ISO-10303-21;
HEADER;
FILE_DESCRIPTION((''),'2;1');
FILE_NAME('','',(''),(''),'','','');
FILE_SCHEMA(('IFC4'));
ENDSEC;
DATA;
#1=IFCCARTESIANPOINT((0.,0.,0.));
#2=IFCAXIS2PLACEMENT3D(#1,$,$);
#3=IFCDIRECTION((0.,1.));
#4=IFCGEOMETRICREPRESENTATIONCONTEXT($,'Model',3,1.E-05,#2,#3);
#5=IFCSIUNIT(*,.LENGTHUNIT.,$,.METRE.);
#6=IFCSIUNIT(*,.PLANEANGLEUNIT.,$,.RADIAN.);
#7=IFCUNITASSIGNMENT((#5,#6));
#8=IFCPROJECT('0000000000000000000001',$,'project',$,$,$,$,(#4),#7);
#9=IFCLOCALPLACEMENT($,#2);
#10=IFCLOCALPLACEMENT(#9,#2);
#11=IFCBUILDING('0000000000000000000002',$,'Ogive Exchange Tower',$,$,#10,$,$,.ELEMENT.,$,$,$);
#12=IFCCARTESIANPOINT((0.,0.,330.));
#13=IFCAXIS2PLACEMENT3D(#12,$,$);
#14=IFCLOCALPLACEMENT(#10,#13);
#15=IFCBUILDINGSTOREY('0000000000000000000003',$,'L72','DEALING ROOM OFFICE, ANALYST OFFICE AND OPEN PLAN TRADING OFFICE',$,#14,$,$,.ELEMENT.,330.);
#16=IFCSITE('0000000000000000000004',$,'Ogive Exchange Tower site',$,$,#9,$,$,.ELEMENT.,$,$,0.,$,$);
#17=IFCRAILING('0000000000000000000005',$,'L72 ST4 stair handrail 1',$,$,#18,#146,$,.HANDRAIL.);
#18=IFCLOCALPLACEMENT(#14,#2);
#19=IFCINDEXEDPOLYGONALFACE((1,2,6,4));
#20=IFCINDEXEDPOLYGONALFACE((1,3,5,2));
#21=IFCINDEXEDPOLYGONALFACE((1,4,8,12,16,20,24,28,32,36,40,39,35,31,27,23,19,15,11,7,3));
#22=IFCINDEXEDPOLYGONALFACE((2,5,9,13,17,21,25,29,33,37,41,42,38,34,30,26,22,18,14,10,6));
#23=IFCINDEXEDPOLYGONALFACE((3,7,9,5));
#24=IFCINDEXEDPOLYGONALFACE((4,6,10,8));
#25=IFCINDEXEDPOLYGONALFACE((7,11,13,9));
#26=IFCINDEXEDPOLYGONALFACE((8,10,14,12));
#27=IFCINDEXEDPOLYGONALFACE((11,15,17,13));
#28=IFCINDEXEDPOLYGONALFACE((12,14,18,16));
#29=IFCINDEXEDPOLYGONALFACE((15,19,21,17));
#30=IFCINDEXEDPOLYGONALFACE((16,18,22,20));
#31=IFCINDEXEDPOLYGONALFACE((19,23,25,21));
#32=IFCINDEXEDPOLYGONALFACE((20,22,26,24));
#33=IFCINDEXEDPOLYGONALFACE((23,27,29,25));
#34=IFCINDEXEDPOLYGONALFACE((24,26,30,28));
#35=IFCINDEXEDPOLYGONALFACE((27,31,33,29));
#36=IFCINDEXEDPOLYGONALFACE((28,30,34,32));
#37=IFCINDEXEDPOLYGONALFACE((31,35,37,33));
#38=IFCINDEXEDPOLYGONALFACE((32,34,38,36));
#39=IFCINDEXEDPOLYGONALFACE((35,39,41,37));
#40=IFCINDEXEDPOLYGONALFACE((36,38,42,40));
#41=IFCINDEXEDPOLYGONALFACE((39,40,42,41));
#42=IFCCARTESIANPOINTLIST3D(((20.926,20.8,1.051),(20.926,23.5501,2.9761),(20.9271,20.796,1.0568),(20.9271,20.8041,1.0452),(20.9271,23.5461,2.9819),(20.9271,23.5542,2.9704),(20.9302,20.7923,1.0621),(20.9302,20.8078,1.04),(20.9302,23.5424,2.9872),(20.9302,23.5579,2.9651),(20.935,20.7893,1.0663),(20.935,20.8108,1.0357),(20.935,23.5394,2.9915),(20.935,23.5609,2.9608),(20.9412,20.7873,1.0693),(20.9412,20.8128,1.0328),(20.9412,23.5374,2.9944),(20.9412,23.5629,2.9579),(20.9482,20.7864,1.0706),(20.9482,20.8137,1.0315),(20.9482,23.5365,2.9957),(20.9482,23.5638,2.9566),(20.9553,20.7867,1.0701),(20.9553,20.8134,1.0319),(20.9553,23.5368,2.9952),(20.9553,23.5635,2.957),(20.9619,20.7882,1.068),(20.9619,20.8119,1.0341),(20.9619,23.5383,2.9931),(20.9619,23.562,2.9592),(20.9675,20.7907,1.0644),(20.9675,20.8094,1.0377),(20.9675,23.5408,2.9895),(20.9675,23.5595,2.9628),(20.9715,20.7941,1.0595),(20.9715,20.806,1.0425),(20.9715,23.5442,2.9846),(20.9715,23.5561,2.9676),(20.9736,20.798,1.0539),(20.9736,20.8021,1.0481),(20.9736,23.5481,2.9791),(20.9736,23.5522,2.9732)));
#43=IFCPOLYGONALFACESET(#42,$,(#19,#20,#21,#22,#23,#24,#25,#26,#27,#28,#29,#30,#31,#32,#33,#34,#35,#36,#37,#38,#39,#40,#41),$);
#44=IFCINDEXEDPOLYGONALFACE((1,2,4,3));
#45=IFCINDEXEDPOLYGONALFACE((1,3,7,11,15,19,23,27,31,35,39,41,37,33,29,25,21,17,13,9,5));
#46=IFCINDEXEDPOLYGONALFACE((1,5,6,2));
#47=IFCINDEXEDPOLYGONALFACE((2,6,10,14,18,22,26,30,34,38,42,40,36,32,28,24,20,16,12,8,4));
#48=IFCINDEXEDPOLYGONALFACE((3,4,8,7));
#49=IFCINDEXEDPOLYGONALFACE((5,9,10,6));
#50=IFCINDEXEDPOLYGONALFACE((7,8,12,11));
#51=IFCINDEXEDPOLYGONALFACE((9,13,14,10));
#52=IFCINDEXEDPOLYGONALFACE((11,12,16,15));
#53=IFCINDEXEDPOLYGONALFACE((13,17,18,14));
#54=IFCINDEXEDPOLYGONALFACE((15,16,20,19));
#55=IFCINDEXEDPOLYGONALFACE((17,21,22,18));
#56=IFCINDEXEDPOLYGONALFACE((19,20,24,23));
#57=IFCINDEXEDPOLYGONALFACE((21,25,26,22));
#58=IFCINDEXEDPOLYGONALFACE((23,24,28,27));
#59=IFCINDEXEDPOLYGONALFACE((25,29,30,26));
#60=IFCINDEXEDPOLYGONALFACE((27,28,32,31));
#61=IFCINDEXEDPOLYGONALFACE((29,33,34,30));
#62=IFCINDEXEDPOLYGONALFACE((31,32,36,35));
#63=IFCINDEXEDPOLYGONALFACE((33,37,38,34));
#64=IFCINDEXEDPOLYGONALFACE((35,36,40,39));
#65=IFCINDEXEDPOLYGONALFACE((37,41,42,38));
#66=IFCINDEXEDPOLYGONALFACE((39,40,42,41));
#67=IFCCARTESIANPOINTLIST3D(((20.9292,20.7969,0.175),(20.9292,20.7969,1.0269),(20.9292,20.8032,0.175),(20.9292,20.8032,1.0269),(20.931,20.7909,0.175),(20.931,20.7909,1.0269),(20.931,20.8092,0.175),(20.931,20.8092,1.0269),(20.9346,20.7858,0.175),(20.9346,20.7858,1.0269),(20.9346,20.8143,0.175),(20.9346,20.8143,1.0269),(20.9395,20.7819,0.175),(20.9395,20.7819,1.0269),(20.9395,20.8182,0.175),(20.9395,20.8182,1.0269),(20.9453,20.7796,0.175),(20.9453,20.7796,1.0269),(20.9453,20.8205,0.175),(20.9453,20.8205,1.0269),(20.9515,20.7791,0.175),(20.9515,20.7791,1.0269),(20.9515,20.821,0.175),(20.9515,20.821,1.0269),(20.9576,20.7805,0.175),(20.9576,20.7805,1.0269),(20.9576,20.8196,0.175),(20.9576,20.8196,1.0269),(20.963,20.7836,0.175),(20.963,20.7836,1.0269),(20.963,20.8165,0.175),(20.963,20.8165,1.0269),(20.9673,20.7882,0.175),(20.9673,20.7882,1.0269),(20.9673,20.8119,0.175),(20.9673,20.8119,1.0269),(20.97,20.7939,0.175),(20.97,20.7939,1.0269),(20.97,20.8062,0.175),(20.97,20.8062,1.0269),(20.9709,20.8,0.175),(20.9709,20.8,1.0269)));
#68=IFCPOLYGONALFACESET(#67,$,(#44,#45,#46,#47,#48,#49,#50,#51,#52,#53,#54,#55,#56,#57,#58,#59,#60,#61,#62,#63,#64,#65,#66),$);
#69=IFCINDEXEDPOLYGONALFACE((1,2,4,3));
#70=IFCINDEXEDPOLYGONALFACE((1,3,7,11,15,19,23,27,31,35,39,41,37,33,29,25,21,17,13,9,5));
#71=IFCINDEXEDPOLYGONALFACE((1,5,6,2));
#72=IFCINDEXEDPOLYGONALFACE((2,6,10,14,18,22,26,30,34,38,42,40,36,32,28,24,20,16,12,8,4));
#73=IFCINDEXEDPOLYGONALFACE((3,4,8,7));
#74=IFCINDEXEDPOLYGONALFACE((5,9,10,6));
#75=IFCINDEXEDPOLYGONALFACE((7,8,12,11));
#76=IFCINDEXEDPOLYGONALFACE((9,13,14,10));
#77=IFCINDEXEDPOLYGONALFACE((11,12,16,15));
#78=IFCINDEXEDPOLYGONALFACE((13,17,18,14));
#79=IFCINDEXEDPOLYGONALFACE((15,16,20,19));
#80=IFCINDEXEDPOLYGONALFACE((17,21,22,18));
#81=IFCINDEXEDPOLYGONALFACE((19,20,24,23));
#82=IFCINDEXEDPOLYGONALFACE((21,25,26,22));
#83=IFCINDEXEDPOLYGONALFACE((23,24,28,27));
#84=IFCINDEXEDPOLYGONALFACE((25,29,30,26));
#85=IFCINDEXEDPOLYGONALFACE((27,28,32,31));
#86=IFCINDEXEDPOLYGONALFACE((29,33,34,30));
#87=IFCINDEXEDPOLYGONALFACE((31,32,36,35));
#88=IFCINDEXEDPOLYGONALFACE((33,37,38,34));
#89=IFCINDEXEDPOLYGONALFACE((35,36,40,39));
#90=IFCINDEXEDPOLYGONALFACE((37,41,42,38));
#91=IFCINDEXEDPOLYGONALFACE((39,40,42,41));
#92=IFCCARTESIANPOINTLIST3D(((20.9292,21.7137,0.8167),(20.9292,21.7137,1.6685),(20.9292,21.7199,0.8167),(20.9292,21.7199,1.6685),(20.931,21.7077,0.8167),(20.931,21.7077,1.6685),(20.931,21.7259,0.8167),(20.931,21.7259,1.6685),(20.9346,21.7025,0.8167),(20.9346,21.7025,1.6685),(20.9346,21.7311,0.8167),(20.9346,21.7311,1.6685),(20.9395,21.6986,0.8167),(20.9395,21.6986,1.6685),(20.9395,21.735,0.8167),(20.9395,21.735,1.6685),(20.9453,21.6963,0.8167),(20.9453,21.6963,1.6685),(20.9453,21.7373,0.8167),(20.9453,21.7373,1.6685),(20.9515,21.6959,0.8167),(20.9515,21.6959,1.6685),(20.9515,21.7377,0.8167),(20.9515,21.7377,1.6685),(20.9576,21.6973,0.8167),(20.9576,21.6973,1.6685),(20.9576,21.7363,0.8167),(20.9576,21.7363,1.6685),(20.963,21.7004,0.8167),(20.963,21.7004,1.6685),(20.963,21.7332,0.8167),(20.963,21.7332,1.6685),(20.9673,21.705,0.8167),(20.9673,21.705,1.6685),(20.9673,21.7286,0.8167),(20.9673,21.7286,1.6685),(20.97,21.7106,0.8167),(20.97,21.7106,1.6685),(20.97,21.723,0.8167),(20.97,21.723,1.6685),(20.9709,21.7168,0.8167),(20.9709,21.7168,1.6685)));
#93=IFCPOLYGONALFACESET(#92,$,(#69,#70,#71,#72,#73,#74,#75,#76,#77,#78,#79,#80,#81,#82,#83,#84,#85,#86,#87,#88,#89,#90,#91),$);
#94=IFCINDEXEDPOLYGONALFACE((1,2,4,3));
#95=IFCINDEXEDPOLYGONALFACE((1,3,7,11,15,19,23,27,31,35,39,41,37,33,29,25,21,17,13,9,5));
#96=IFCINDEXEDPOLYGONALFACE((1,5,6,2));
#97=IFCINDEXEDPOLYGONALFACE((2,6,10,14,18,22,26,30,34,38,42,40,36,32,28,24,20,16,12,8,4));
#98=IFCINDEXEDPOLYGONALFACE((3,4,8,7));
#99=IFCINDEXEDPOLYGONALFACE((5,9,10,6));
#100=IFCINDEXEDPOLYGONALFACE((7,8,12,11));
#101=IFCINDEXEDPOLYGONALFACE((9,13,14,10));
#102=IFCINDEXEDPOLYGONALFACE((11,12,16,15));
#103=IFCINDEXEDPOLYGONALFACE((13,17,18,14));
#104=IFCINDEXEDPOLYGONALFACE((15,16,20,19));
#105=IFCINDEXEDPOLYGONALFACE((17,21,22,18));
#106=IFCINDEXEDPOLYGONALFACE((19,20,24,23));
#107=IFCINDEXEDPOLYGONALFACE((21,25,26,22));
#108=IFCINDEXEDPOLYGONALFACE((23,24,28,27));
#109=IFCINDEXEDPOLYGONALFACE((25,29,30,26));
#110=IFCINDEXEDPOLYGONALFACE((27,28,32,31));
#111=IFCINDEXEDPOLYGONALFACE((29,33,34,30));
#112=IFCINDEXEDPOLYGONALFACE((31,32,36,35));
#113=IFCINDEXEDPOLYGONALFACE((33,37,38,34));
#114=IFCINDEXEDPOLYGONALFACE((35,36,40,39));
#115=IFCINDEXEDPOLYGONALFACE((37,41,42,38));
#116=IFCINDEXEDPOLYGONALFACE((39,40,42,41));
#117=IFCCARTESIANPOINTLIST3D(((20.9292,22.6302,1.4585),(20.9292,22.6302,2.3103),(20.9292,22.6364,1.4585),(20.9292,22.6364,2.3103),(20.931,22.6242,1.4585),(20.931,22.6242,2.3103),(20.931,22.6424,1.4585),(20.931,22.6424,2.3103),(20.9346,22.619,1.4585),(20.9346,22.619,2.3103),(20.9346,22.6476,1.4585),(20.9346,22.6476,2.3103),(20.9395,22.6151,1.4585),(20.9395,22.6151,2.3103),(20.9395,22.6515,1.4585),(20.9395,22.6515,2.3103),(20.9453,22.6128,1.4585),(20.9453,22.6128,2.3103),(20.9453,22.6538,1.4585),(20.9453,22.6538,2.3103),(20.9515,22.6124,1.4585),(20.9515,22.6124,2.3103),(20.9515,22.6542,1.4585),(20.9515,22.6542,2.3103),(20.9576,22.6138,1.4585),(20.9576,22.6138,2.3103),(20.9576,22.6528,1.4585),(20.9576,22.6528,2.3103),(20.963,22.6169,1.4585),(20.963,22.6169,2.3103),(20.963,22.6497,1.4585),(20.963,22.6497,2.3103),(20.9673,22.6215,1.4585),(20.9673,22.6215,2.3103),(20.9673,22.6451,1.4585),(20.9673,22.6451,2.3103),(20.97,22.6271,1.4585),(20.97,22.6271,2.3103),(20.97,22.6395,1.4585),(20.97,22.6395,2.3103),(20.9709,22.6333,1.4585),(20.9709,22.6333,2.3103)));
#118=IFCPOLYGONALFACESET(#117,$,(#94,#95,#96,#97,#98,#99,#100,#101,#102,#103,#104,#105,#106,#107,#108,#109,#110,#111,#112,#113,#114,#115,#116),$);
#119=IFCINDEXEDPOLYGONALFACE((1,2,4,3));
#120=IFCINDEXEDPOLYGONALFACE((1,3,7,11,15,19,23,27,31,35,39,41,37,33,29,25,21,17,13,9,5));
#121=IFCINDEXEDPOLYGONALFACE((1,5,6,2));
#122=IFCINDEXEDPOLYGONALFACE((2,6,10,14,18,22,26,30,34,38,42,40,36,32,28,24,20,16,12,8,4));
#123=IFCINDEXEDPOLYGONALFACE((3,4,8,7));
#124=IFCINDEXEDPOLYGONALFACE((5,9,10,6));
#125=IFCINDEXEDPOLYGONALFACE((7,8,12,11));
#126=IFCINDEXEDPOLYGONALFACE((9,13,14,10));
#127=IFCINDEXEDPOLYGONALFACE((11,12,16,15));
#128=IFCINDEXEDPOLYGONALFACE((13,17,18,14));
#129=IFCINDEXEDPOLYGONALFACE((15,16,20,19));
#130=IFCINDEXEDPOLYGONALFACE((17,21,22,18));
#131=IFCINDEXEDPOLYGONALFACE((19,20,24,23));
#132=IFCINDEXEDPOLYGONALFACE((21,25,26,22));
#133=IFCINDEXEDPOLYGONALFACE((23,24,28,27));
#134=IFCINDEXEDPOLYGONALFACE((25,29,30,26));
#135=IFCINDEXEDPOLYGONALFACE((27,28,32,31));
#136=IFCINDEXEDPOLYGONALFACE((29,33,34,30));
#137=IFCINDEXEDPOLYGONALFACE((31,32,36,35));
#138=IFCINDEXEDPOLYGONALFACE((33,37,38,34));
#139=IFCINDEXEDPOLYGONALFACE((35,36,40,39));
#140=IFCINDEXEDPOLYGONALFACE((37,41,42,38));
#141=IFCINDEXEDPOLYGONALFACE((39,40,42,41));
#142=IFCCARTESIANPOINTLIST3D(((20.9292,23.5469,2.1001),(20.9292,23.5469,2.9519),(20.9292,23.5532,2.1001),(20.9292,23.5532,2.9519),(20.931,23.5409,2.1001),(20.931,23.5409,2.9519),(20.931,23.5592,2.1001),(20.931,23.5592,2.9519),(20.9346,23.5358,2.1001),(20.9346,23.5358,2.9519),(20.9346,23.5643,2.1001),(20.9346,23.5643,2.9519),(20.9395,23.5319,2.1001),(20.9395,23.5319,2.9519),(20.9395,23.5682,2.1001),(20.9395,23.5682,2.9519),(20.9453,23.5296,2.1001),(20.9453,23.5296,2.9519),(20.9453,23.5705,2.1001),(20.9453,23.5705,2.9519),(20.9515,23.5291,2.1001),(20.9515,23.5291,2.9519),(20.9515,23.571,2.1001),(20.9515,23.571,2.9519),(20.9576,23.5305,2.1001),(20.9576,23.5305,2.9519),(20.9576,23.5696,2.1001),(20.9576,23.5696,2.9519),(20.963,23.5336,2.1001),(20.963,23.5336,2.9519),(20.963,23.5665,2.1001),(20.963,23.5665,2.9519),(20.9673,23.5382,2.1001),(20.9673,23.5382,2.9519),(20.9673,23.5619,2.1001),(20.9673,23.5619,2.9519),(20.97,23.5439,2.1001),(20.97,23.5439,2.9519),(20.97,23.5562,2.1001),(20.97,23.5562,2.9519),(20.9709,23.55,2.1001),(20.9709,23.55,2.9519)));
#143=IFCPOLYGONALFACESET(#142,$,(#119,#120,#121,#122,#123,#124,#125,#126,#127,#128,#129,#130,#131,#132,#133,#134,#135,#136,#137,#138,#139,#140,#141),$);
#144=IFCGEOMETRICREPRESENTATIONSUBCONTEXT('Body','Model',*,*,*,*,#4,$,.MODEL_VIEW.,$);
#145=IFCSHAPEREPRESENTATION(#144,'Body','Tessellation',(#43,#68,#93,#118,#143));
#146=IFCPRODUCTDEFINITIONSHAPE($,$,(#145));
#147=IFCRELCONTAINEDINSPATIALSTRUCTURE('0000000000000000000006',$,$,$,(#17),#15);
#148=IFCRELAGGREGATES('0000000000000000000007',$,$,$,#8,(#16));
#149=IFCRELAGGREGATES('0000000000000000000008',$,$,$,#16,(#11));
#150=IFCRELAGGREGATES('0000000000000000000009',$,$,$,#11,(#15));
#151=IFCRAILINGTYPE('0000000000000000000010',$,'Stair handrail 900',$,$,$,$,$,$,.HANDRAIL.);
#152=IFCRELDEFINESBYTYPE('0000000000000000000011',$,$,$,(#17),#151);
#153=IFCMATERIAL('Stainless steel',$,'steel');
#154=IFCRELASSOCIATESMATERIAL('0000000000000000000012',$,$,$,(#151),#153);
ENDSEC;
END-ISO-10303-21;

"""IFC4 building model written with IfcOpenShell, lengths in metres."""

from ifc_helpers import new_model, si_unit, direction, frame, origin, origin_2d, place, context, subcontext, project, spatial, circle, extrude, material, type_object, element, save


model = new_model("IFC4")

# Units and contexts
model_context = context("Model", 3, precision=1e-05, world=origin(), true_north=direction((0.0, 1.0)))
body_context = subcontext(model_context, "Body", "Model", "MODEL_VIEW")
ifc_project = project(units=[si_unit("LENGTHUNIT", "METRE"), si_unit("PLANEANGLEUNIT", "RADIAN")], contexts=[model_context])

# Site, building, storey
site_placement = place(None, origin())
site = spatial("IfcSite", under=ifc_project, at=site_placement, Name="Ogive Exchange Tower site", CompositionType="ELEMENT", RefElevation=0.0)
building_placement = place(site_placement, origin())
building = spatial("IfcBuilding", under=site, at=building_placement, Name="Ogive Exchange Tower", CompositionType="ELEMENT")
storey_placement = place(building_placement, frame((0.0, 0.0, 330.0)))
storey = spatial("IfcBuildingStorey", under=building, at=storey_placement, Name="L72", Description="DEALING ROOM OFFICE, ANALYST OFFICE AND OPEN PLAN TRADING OFFICE", CompositionType="ELEMENT", Elevation=330.0)

# Railing
ifc_material_1 = material(Name="Stainless steel", Category="steel")
railing_type = type_object("IfcRailingType", Name="Stair handrail 900", PredefinedType="HANDRAIL", material=ifc_material_1)
railing_1_placement = place(storey_placement, frame((20.95, 20.8, 0.175)))
element("IfcRailing", 1, at=railing_1_placement, inside=storey, type_object=railing_type, Name="L72 ST4 stair handrail 1", PredefinedType="HANDRAIL", context=body_context, shape_type="SweptSolid", body=[
    extrude(circle(Radius=0.0239, at=origin_2d()), frame((0.0, 0.0, 0.876), z_axis=(0.0, 0.819225, 0.573472), x_axis=(-1.0, 0.0, 0.0)), (0.0, 0.0, 1.0), 3.3569),
    extrude(circle(Radius=0.021, at=origin_2d()), origin(), (0.0, 0.0, 1.0), 0.8518),
    extrude(circle(Radius=0.021, at=origin_2d()), frame((0.0, 0.9167, 0.6416)), (0.0, 0.0, 1.0), 0.8518),
    extrude(circle(Radius=0.021, at=origin_2d()), frame((0.0, 1.8333, 1.2834)), (0.0, 0.0, 1.0), 0.8518),
    extrude(circle(Radius=0.021, at=origin_2d()), frame((0.0, 2.75, 1.925)), (0.0, 0.0, 1.0), 0.8518),
])

save(model, "model.ifc")
